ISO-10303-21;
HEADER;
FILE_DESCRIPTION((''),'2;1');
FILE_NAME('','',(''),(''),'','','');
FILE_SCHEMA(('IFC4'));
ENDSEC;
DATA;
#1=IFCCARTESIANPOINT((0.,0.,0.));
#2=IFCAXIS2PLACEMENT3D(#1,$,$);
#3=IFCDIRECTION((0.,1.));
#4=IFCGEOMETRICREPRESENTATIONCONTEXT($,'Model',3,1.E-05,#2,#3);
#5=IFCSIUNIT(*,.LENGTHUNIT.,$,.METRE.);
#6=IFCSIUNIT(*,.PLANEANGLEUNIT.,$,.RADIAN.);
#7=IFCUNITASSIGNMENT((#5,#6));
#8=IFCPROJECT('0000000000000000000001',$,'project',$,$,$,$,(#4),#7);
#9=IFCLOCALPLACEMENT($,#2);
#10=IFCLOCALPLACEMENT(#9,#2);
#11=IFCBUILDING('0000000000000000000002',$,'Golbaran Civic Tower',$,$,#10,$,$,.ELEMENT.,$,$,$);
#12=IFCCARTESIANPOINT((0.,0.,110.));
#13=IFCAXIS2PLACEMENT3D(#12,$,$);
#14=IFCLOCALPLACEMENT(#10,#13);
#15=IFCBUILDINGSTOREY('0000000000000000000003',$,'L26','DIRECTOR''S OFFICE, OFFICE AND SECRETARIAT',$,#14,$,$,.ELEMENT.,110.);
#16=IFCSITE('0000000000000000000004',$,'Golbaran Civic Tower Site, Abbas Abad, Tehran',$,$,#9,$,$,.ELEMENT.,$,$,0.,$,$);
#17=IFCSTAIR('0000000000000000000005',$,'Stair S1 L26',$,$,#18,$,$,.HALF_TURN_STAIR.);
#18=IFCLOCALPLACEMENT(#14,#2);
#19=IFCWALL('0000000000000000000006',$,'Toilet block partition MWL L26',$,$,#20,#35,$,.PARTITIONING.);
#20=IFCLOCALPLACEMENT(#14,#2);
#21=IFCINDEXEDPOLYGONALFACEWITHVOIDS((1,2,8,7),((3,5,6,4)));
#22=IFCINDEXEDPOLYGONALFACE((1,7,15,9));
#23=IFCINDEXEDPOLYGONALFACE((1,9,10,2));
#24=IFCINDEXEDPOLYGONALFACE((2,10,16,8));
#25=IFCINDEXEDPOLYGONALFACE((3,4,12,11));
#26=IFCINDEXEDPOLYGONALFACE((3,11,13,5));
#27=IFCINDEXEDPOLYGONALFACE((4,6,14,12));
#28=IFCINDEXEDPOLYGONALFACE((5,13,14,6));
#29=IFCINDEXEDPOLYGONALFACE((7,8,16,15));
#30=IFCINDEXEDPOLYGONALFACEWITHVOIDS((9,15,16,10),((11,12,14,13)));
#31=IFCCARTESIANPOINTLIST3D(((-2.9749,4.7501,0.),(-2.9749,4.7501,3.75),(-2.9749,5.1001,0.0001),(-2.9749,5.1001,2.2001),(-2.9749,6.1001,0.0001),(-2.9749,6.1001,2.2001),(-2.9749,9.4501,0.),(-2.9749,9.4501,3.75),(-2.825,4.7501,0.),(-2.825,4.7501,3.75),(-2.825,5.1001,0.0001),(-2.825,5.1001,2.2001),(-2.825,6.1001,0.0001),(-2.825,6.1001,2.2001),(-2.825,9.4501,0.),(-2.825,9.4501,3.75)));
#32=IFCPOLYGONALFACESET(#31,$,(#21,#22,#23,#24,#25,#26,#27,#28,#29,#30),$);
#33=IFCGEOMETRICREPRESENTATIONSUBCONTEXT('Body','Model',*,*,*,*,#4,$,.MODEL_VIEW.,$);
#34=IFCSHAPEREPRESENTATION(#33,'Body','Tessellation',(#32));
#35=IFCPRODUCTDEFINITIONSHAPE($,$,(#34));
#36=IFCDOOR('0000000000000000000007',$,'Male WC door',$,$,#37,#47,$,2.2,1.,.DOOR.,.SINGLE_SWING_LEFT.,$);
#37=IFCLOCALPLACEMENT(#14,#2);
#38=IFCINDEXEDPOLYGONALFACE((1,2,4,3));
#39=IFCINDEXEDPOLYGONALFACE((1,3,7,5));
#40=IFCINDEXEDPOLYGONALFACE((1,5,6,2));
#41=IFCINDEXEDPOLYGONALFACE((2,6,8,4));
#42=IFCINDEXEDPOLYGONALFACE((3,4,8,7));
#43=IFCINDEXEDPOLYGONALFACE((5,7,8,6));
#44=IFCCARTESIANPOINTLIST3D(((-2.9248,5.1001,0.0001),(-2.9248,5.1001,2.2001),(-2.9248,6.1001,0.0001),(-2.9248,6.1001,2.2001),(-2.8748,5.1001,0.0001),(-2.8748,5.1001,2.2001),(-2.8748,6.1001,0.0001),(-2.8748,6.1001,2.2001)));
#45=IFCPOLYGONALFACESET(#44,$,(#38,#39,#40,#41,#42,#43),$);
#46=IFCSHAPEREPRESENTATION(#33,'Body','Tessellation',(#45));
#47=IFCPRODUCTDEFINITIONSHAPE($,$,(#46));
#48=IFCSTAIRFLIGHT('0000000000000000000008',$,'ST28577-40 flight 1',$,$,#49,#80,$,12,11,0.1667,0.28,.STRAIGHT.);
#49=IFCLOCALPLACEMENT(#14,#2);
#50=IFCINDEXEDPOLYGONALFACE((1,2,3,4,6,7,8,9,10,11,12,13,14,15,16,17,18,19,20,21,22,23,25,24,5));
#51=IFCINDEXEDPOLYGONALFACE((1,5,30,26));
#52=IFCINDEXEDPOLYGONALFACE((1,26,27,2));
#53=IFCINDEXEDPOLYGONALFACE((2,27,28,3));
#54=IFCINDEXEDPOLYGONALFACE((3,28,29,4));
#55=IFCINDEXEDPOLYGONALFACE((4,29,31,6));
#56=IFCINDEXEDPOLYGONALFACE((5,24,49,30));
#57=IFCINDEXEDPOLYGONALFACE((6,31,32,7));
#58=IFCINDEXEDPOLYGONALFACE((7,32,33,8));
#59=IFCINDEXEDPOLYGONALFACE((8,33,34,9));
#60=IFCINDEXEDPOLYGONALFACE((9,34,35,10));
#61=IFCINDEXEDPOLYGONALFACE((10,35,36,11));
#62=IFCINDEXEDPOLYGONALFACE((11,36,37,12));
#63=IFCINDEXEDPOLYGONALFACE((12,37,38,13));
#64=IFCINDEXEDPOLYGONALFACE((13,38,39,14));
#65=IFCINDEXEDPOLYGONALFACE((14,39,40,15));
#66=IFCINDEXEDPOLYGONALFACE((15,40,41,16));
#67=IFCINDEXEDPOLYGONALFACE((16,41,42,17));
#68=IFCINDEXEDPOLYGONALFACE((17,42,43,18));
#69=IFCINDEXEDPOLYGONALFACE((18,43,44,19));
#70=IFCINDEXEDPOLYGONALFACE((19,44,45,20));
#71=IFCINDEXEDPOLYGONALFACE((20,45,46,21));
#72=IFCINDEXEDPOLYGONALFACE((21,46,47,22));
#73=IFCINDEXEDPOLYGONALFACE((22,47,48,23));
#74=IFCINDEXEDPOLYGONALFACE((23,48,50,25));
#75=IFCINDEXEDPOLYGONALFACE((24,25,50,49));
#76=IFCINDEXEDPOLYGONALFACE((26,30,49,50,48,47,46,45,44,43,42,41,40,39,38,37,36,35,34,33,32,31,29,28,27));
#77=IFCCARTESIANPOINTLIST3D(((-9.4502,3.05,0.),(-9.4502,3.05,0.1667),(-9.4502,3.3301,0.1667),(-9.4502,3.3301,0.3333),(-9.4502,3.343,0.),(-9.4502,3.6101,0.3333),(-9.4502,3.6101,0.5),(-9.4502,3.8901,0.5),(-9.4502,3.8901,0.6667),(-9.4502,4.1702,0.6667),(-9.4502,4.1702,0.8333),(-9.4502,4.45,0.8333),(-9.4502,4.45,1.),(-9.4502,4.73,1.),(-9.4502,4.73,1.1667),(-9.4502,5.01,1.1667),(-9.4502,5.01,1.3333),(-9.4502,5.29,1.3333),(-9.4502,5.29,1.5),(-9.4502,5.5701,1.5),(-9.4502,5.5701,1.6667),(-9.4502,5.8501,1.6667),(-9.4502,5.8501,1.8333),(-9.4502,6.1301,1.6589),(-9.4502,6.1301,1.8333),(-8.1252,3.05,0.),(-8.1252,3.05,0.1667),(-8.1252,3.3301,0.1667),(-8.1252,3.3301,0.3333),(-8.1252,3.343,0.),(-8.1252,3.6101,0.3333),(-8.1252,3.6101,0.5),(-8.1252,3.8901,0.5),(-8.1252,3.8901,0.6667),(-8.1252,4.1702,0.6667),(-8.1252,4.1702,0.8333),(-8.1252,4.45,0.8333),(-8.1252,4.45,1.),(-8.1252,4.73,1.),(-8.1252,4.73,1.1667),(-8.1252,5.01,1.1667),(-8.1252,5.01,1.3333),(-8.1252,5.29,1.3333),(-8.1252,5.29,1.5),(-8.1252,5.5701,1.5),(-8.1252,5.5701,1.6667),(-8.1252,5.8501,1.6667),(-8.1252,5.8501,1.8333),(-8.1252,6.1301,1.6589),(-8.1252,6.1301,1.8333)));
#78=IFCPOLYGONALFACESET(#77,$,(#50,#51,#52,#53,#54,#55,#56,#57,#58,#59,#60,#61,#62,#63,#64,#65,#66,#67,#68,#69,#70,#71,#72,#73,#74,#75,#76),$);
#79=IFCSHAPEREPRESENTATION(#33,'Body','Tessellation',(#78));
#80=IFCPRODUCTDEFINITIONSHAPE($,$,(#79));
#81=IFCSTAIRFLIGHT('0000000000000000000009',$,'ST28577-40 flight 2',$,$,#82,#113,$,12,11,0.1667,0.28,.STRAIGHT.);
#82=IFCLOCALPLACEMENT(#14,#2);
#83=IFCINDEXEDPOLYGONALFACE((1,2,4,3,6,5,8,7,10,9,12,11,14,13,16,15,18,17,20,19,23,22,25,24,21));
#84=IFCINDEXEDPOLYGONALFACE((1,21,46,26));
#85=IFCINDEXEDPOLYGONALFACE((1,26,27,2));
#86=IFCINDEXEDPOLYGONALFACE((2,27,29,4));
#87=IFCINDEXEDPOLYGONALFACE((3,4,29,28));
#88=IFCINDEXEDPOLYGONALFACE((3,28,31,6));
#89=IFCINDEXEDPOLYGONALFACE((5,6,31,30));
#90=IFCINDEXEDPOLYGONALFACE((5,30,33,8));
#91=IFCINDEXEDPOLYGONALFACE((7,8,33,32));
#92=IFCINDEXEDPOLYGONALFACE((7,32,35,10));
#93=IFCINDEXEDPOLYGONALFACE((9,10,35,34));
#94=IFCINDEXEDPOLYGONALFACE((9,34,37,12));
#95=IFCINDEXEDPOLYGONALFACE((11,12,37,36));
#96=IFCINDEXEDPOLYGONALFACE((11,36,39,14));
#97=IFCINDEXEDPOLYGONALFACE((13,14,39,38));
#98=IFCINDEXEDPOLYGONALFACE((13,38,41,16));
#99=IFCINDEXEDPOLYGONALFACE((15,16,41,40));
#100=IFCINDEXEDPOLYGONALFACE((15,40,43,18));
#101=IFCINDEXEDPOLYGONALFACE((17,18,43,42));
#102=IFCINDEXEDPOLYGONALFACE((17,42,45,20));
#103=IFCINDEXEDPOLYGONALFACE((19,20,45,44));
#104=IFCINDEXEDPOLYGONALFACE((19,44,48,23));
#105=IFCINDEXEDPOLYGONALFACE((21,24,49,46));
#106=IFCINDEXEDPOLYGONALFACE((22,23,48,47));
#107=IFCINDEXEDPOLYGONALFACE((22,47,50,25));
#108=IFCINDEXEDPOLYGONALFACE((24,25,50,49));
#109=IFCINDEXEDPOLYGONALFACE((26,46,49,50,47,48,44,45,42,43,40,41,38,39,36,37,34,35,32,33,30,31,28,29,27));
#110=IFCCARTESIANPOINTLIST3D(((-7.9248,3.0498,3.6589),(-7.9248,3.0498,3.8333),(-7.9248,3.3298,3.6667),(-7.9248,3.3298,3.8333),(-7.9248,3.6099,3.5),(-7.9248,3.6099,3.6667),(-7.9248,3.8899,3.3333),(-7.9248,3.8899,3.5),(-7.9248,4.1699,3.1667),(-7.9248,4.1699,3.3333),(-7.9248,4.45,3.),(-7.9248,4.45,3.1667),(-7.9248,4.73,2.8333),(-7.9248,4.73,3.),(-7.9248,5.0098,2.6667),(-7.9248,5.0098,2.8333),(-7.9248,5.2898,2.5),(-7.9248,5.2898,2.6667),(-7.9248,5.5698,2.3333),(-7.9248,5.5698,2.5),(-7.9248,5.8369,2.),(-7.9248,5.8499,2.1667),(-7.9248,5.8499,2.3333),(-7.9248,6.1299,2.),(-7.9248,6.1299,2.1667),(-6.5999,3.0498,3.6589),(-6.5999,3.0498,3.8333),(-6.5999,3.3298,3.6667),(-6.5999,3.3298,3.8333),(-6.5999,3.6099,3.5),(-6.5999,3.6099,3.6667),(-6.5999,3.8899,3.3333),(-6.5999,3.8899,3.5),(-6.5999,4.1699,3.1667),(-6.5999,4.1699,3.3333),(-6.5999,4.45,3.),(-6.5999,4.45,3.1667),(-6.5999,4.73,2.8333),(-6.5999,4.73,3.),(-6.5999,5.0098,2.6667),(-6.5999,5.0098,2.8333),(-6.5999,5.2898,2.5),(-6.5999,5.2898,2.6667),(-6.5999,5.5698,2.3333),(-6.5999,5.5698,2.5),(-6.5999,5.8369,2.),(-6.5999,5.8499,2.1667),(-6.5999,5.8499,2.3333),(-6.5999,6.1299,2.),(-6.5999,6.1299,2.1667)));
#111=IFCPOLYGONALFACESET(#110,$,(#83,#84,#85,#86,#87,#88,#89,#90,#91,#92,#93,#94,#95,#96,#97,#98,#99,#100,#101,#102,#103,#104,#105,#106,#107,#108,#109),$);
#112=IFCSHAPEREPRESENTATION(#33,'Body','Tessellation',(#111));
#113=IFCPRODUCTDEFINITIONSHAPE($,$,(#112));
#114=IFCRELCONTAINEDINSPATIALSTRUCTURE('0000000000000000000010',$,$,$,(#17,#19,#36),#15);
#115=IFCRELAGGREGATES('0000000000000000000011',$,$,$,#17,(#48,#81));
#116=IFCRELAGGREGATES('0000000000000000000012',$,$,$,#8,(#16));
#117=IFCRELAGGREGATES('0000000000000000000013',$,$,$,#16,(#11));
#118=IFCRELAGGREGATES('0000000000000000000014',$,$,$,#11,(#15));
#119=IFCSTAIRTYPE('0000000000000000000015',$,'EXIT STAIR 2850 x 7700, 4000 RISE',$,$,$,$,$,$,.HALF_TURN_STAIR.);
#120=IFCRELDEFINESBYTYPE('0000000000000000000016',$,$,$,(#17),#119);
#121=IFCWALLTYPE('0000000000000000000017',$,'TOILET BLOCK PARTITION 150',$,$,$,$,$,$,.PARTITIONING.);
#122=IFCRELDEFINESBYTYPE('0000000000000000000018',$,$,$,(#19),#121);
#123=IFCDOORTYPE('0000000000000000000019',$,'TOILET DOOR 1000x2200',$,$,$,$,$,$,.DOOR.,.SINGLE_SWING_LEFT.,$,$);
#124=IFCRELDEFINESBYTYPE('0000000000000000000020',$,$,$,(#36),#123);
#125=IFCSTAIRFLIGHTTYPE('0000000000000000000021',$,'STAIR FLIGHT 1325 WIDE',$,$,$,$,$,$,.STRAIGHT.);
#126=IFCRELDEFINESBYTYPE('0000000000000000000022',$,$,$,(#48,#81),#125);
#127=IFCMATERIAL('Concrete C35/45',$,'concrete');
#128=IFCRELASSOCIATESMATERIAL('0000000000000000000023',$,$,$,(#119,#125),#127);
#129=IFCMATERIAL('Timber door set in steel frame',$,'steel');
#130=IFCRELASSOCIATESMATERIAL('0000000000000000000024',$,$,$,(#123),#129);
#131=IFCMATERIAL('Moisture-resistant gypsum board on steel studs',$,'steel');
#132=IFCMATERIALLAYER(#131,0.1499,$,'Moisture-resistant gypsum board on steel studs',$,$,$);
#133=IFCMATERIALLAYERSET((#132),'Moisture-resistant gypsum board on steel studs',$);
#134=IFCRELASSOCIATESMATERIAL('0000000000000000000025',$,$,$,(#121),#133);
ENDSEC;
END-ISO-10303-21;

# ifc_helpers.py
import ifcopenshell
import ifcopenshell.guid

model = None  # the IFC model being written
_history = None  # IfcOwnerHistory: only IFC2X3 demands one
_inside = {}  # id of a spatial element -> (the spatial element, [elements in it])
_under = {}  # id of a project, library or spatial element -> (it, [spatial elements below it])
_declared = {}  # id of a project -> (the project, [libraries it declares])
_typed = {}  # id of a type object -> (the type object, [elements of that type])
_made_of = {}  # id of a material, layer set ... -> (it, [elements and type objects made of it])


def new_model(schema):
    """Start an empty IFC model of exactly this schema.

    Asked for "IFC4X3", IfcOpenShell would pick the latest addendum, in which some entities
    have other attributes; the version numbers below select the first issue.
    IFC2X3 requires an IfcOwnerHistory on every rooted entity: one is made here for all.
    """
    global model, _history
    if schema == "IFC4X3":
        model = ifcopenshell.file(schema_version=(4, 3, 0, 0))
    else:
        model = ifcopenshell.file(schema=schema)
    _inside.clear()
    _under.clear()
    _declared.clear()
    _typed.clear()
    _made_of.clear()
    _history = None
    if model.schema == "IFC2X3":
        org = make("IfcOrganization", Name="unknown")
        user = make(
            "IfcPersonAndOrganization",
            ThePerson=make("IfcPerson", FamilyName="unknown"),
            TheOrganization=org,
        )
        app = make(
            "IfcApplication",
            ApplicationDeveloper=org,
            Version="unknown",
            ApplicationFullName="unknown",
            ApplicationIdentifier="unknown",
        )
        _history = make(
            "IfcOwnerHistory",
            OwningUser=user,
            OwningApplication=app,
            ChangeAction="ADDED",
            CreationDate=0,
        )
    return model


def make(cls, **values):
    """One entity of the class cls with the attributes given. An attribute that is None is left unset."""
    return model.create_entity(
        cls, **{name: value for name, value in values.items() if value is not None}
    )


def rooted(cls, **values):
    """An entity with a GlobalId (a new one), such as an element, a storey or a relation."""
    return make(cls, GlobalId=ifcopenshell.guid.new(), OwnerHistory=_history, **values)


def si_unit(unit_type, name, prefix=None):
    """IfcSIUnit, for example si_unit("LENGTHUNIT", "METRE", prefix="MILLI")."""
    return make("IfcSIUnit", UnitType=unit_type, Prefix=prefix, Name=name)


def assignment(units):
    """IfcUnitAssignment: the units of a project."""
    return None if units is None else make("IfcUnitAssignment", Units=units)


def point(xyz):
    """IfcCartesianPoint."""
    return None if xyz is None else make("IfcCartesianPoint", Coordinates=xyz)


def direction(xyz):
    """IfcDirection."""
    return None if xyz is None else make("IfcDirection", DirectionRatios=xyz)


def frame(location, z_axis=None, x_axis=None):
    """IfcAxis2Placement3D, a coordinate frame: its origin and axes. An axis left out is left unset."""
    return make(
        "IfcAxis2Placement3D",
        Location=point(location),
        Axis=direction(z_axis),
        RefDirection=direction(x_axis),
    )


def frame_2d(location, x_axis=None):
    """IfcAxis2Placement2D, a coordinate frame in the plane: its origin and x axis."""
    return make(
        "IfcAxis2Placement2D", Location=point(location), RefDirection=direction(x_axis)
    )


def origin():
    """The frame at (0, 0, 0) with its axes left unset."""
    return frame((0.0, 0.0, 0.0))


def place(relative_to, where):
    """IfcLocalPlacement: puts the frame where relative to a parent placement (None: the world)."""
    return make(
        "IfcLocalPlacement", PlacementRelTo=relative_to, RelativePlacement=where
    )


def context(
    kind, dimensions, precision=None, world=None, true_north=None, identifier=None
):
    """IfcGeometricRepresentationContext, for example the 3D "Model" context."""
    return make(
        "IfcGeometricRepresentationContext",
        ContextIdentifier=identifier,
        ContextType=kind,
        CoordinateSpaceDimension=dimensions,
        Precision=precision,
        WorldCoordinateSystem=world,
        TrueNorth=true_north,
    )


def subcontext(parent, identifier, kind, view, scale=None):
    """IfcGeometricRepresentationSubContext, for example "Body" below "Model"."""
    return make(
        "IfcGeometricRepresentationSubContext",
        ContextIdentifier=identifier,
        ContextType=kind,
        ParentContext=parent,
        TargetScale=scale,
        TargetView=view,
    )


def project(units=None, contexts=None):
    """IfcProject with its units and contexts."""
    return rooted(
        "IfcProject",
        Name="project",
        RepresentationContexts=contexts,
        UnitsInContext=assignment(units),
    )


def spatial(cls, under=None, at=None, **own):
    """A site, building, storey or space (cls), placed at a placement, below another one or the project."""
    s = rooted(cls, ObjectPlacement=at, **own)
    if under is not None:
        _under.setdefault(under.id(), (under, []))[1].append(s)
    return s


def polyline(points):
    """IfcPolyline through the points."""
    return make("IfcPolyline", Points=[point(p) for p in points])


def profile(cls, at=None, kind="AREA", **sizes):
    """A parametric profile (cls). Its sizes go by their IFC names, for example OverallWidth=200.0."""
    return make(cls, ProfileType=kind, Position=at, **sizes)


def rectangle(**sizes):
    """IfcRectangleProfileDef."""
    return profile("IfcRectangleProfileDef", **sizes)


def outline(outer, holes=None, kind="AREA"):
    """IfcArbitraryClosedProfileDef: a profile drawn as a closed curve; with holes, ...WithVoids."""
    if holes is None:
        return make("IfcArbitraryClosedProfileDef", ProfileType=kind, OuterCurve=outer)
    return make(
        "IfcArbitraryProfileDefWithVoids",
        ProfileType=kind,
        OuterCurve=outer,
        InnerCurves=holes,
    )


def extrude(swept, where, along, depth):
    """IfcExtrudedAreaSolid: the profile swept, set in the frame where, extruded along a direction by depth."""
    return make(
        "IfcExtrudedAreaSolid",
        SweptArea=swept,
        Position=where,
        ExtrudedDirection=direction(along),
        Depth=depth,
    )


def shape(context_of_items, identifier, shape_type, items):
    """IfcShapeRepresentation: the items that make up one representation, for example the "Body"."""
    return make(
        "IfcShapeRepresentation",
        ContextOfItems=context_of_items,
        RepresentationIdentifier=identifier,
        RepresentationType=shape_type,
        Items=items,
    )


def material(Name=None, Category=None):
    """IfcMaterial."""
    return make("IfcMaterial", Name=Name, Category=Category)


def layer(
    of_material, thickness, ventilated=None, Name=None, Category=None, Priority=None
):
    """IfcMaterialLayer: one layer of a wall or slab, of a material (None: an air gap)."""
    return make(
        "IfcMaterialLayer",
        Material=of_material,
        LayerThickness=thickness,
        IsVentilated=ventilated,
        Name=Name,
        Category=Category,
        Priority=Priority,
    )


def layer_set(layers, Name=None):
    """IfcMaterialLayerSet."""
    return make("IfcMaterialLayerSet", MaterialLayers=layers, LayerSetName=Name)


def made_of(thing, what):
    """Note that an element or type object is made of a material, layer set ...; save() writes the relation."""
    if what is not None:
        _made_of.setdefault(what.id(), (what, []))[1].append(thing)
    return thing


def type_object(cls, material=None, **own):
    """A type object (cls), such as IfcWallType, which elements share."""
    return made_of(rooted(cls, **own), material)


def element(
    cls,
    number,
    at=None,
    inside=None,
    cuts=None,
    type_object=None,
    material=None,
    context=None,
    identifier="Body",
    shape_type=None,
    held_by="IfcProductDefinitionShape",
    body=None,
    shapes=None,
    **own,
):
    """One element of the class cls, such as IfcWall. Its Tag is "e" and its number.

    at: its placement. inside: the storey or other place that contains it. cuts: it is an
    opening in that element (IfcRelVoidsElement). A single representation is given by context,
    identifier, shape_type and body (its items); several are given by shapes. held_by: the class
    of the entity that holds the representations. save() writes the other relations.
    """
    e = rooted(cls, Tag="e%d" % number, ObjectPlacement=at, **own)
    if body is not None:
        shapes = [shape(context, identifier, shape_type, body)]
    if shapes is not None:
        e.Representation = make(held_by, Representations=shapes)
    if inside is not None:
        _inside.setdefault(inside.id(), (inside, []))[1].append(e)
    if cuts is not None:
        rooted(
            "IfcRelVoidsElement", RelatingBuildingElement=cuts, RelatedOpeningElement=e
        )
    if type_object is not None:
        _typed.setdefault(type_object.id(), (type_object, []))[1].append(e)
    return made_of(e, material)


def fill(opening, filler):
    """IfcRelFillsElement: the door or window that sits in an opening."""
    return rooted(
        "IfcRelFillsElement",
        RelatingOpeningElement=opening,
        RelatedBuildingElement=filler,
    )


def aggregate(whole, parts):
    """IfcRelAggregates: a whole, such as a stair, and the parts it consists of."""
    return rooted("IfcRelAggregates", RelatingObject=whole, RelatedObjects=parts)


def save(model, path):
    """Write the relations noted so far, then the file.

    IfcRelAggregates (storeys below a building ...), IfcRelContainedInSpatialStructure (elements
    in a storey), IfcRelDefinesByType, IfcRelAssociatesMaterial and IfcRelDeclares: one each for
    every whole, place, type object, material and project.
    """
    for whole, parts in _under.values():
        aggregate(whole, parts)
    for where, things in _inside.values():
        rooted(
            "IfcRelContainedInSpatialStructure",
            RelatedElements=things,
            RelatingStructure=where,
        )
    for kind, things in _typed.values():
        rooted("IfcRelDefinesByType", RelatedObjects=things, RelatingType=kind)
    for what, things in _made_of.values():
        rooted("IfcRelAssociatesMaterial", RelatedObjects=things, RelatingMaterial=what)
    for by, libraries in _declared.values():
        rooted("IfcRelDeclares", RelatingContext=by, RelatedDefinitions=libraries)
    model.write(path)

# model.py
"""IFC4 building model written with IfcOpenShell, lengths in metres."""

from ifc_helpers import new_model, si_unit, direction, frame, frame_2d, origin, place, context, subcontext, project, spatial, polyline, rectangle, outline, extrude, material, layer, layer_set, type_object, element, fill, aggregate, save


model = new_model("IFC4")

# Units and contexts
model_context = context("Model", 3, precision=1e-05, world=origin(), true_north=direction((0.0, 1.0)))
body_context = subcontext(model_context, "Body", "Model", "MODEL_VIEW")
ifc_project = project(units=[si_unit("LENGTHUNIT", "METRE"), si_unit("PLANEANGLEUNIT", "RADIAN")], contexts=[model_context])

# Site, building, storey
site_placement = place(None, origin())
site = spatial("IfcSite", under=ifc_project, at=site_placement, Name="Golbaran Civic Tower Site, Abbas Abad, Tehran", CompositionType="ELEMENT", RefElevation=0.0)
building_placement = place(site_placement, origin())
building = spatial("IfcBuilding", under=site, at=building_placement, Name="Golbaran Civic Tower", CompositionType="ELEMENT")
storey_placement = place(building_placement, frame((0.0, 0.0, 110.0)))
storey = spatial("IfcBuildingStorey", under=building, at=storey_placement, Name="L26", Description="DIRECTOR'S OFFICE, OFFICE AND SECRETARIAT", CompositionType="ELEMENT", Elevation=110.0)

# Shared definitions
ifc_material_1 = material(Name="Concrete C35/45", Category="concrete")

# Stair
stair_type_1 = type_object("IfcStairType", Name="EXIT STAIR 2850 x 7700, 4000 RISE", PredefinedType="HALF_TURN_STAIR", material=ifc_material_1)
stair_1_placement = place(storey_placement, origin())
stair_1 = element("IfcStair", 1, at=stair_1_placement, inside=storey, type_object=stair_type_1, Name="Stair S1 L26", PredefinedType="HALF_TURN_STAIR")

# Wall, opening, door
ifc_material_2 = material(Name="Timber door set in steel frame", Category="steel")
door_type_1 = type_object("IfcDoorType", Name="TOILET DOOR 1000x2200", OperationType="SINGLE_SWING_LEFT", PredefinedType="DOOR", material=ifc_material_2)
ifc_material_3 = material(Name="Moisture-resistant gypsum board on steel studs", Category="steel")
ifc_layer_1 = layer(ifc_material_3, 0.1499, Name="Moisture-resistant gypsum board on steel studs")
ifc_layer_set_1 = layer_set([ifc_layer_1], Name="Moisture-resistant gypsum board on steel studs")
wall_type_1 = type_object("IfcWallType", Name="TOILET BLOCK PARTITION 150", PredefinedType="PARTITIONING", material=ifc_layer_set_1)
wall_1_placement = place(storey_placement, frame((-2.8999, 4.75, 0.0), z_axis=(0.0, 0.0, 1.0), x_axis=(0.0, 1.0, 0.0)))
wall_1 = element("IfcWall", 2, at=wall_1_placement, inside=storey, type_object=wall_type_1, Name="Toilet block partition MWL L26", PredefinedType="PARTITIONING", context=body_context, shape_type="SweptSolid", body=[
    extrude(rectangle(XDim=4.7, YDim=0.1499, at=frame_2d((2.3501, 0.0))), origin(), (0.0, 0.0, 1.0), 3.75),
])
opening_1_placement = place(wall_1_placement, frame((0.3501, 0.0, 0.0)))
opening_1 = element("IfcOpeningElement", 3, at=opening_1_placement, cuts=wall_1, PredefinedType="OPENING", context=body_context, shape_type="SweptSolid", body=[
    extrude(rectangle(XDim=1.0, YDim=2.2, at=frame_2d((0.5, 1.1001))), frame((0.0, 0.085, 0.0), z_axis=(0.0, -1.0, 0.0), x_axis=(1.0, 0.0, 0.0)), (0.0, 0.0, 1.0), 0.1699),
])
door_1_placement = place(opening_1_placement, origin())
door_1 = element("IfcDoor", 4, at=door_1_placement, inside=storey, type_object=door_type_1, Name="Male WC door", OperationType="SINGLE_SWING_LEFT", OverallHeight=2.2, OverallWidth=1.0, PredefinedType="DOOR", context=body_context, shape_type="SweptSolid", body=[
    extrude(rectangle(XDim=1.0, YDim=2.2, at=frame_2d((0.5, 1.1001))), frame((0.0, 0.0249, 0.0), z_axis=(0.0, -1.0, 0.0), x_axis=(1.0, 0.0, 0.0)), (0.0, 0.0, 1.0), 0.05),
])
fill(opening_1, door_1)

# Stair flights
stair_flight_type = type_object("IfcStairFlightType", Name="STAIR FLIGHT 1325 WIDE", PredefinedType="STRAIGHT", material=ifc_material_1)
stair_flight_1_placement = place(storey_placement, frame((-8.7876, 3.05, 0.0), z_axis=(0.0, 0.0, 1.0), x_axis=(0.0, 1.0, 0.0)))
stair_flight_1 = element("IfcStairFlight", 5, at=stair_flight_1_placement, type_object=stair_flight_type, Name="ST28577-40 flight 1", NumberOfRisers=12, NumberOfTreads=11, PredefinedType="STRAIGHT", RiserHeight=0.1667, TreadLength=0.28, context=body_context, shape_type="SweptSolid", body=[
    extrude(outline(polyline([(0.0, 0.0), (0.0, 0.1667), (0.28, 0.1667), (0.28, 0.3333), (0.5601, 0.3333), (0.5601, 0.5), (0.8401, 0.5), (0.8401, 0.6667), (1.1201, 0.6667), (1.1201, 0.8333), (1.3999, 0.8333), (1.3999, 1.0), (1.6799, 1.0), (1.6799, 1.1667), (1.96, 1.1667), (1.96, 1.3333), (2.24, 1.3333), (2.24, 1.5), (2.52, 1.5), (2.52, 1.6667), (2.8, 1.6667), (2.8, 1.8333), (3.0801, 1.8333), (3.0801, 2.0), (3.0801, 1.6589), (0.293, 0.0), (0.0, 0.0)])), frame((0.0, 0.6626, 0.0), z_axis=(0.0, -1.0, 0.0), x_axis=(1.0, 0.0, 0.0)), (0.0, 0.0, 1.0), 1.325),
])
stair_flight_2_placement = place(storey_placement, frame((-7.2625, 6.1299, 2.0), z_axis=(0.0, 0.0, 1.0), x_axis=(0.0, -1.0, 0.0)))
stair_flight_2 = element("IfcStairFlight", 6, at=stair_flight_2_placement, type_object=stair_flight_type, Name="ST28577-40 flight 2", NumberOfRisers=12, NumberOfTreads=11, PredefinedType="STRAIGHT", RiserHeight=0.1667, TreadLength=0.28, context=body_context, shape_type="SweptSolid", body=[
    extrude(outline(polyline([(0.0, 0.0), (0.0, 0.1667), (0.28, 0.1667), (0.28, 0.3333), (0.5601, 0.3333), (0.5601, 0.5), (0.8401, 0.5), (0.8401, 0.6667), (1.1201, 0.6667), (1.1201, 0.8333), (1.3999, 0.8333), (1.3999, 1.0), (1.6799, 1.0), (1.6799, 1.1667), (1.96, 1.1667), (1.96, 1.3333), (2.24, 1.3333), (2.24, 1.5), (2.52, 1.5), (2.52, 1.6667), (2.8, 1.6667), (2.8, 1.8333), (3.0801, 1.8333), (3.0801, 2.0), (3.0801, 1.6589), (0.293, 0.0), (0.0, 0.0)])), frame((0.0, 0.6626, 0.0), z_axis=(0.0, -1.0, 0.0), x_axis=(1.0, 0.0, 0.0)), (0.0, 0.0, 1.0), 1.325),
])
aggregate(stair_1, [stair_flight_1, stair_flight_2])

save(model, "model.ifc")
